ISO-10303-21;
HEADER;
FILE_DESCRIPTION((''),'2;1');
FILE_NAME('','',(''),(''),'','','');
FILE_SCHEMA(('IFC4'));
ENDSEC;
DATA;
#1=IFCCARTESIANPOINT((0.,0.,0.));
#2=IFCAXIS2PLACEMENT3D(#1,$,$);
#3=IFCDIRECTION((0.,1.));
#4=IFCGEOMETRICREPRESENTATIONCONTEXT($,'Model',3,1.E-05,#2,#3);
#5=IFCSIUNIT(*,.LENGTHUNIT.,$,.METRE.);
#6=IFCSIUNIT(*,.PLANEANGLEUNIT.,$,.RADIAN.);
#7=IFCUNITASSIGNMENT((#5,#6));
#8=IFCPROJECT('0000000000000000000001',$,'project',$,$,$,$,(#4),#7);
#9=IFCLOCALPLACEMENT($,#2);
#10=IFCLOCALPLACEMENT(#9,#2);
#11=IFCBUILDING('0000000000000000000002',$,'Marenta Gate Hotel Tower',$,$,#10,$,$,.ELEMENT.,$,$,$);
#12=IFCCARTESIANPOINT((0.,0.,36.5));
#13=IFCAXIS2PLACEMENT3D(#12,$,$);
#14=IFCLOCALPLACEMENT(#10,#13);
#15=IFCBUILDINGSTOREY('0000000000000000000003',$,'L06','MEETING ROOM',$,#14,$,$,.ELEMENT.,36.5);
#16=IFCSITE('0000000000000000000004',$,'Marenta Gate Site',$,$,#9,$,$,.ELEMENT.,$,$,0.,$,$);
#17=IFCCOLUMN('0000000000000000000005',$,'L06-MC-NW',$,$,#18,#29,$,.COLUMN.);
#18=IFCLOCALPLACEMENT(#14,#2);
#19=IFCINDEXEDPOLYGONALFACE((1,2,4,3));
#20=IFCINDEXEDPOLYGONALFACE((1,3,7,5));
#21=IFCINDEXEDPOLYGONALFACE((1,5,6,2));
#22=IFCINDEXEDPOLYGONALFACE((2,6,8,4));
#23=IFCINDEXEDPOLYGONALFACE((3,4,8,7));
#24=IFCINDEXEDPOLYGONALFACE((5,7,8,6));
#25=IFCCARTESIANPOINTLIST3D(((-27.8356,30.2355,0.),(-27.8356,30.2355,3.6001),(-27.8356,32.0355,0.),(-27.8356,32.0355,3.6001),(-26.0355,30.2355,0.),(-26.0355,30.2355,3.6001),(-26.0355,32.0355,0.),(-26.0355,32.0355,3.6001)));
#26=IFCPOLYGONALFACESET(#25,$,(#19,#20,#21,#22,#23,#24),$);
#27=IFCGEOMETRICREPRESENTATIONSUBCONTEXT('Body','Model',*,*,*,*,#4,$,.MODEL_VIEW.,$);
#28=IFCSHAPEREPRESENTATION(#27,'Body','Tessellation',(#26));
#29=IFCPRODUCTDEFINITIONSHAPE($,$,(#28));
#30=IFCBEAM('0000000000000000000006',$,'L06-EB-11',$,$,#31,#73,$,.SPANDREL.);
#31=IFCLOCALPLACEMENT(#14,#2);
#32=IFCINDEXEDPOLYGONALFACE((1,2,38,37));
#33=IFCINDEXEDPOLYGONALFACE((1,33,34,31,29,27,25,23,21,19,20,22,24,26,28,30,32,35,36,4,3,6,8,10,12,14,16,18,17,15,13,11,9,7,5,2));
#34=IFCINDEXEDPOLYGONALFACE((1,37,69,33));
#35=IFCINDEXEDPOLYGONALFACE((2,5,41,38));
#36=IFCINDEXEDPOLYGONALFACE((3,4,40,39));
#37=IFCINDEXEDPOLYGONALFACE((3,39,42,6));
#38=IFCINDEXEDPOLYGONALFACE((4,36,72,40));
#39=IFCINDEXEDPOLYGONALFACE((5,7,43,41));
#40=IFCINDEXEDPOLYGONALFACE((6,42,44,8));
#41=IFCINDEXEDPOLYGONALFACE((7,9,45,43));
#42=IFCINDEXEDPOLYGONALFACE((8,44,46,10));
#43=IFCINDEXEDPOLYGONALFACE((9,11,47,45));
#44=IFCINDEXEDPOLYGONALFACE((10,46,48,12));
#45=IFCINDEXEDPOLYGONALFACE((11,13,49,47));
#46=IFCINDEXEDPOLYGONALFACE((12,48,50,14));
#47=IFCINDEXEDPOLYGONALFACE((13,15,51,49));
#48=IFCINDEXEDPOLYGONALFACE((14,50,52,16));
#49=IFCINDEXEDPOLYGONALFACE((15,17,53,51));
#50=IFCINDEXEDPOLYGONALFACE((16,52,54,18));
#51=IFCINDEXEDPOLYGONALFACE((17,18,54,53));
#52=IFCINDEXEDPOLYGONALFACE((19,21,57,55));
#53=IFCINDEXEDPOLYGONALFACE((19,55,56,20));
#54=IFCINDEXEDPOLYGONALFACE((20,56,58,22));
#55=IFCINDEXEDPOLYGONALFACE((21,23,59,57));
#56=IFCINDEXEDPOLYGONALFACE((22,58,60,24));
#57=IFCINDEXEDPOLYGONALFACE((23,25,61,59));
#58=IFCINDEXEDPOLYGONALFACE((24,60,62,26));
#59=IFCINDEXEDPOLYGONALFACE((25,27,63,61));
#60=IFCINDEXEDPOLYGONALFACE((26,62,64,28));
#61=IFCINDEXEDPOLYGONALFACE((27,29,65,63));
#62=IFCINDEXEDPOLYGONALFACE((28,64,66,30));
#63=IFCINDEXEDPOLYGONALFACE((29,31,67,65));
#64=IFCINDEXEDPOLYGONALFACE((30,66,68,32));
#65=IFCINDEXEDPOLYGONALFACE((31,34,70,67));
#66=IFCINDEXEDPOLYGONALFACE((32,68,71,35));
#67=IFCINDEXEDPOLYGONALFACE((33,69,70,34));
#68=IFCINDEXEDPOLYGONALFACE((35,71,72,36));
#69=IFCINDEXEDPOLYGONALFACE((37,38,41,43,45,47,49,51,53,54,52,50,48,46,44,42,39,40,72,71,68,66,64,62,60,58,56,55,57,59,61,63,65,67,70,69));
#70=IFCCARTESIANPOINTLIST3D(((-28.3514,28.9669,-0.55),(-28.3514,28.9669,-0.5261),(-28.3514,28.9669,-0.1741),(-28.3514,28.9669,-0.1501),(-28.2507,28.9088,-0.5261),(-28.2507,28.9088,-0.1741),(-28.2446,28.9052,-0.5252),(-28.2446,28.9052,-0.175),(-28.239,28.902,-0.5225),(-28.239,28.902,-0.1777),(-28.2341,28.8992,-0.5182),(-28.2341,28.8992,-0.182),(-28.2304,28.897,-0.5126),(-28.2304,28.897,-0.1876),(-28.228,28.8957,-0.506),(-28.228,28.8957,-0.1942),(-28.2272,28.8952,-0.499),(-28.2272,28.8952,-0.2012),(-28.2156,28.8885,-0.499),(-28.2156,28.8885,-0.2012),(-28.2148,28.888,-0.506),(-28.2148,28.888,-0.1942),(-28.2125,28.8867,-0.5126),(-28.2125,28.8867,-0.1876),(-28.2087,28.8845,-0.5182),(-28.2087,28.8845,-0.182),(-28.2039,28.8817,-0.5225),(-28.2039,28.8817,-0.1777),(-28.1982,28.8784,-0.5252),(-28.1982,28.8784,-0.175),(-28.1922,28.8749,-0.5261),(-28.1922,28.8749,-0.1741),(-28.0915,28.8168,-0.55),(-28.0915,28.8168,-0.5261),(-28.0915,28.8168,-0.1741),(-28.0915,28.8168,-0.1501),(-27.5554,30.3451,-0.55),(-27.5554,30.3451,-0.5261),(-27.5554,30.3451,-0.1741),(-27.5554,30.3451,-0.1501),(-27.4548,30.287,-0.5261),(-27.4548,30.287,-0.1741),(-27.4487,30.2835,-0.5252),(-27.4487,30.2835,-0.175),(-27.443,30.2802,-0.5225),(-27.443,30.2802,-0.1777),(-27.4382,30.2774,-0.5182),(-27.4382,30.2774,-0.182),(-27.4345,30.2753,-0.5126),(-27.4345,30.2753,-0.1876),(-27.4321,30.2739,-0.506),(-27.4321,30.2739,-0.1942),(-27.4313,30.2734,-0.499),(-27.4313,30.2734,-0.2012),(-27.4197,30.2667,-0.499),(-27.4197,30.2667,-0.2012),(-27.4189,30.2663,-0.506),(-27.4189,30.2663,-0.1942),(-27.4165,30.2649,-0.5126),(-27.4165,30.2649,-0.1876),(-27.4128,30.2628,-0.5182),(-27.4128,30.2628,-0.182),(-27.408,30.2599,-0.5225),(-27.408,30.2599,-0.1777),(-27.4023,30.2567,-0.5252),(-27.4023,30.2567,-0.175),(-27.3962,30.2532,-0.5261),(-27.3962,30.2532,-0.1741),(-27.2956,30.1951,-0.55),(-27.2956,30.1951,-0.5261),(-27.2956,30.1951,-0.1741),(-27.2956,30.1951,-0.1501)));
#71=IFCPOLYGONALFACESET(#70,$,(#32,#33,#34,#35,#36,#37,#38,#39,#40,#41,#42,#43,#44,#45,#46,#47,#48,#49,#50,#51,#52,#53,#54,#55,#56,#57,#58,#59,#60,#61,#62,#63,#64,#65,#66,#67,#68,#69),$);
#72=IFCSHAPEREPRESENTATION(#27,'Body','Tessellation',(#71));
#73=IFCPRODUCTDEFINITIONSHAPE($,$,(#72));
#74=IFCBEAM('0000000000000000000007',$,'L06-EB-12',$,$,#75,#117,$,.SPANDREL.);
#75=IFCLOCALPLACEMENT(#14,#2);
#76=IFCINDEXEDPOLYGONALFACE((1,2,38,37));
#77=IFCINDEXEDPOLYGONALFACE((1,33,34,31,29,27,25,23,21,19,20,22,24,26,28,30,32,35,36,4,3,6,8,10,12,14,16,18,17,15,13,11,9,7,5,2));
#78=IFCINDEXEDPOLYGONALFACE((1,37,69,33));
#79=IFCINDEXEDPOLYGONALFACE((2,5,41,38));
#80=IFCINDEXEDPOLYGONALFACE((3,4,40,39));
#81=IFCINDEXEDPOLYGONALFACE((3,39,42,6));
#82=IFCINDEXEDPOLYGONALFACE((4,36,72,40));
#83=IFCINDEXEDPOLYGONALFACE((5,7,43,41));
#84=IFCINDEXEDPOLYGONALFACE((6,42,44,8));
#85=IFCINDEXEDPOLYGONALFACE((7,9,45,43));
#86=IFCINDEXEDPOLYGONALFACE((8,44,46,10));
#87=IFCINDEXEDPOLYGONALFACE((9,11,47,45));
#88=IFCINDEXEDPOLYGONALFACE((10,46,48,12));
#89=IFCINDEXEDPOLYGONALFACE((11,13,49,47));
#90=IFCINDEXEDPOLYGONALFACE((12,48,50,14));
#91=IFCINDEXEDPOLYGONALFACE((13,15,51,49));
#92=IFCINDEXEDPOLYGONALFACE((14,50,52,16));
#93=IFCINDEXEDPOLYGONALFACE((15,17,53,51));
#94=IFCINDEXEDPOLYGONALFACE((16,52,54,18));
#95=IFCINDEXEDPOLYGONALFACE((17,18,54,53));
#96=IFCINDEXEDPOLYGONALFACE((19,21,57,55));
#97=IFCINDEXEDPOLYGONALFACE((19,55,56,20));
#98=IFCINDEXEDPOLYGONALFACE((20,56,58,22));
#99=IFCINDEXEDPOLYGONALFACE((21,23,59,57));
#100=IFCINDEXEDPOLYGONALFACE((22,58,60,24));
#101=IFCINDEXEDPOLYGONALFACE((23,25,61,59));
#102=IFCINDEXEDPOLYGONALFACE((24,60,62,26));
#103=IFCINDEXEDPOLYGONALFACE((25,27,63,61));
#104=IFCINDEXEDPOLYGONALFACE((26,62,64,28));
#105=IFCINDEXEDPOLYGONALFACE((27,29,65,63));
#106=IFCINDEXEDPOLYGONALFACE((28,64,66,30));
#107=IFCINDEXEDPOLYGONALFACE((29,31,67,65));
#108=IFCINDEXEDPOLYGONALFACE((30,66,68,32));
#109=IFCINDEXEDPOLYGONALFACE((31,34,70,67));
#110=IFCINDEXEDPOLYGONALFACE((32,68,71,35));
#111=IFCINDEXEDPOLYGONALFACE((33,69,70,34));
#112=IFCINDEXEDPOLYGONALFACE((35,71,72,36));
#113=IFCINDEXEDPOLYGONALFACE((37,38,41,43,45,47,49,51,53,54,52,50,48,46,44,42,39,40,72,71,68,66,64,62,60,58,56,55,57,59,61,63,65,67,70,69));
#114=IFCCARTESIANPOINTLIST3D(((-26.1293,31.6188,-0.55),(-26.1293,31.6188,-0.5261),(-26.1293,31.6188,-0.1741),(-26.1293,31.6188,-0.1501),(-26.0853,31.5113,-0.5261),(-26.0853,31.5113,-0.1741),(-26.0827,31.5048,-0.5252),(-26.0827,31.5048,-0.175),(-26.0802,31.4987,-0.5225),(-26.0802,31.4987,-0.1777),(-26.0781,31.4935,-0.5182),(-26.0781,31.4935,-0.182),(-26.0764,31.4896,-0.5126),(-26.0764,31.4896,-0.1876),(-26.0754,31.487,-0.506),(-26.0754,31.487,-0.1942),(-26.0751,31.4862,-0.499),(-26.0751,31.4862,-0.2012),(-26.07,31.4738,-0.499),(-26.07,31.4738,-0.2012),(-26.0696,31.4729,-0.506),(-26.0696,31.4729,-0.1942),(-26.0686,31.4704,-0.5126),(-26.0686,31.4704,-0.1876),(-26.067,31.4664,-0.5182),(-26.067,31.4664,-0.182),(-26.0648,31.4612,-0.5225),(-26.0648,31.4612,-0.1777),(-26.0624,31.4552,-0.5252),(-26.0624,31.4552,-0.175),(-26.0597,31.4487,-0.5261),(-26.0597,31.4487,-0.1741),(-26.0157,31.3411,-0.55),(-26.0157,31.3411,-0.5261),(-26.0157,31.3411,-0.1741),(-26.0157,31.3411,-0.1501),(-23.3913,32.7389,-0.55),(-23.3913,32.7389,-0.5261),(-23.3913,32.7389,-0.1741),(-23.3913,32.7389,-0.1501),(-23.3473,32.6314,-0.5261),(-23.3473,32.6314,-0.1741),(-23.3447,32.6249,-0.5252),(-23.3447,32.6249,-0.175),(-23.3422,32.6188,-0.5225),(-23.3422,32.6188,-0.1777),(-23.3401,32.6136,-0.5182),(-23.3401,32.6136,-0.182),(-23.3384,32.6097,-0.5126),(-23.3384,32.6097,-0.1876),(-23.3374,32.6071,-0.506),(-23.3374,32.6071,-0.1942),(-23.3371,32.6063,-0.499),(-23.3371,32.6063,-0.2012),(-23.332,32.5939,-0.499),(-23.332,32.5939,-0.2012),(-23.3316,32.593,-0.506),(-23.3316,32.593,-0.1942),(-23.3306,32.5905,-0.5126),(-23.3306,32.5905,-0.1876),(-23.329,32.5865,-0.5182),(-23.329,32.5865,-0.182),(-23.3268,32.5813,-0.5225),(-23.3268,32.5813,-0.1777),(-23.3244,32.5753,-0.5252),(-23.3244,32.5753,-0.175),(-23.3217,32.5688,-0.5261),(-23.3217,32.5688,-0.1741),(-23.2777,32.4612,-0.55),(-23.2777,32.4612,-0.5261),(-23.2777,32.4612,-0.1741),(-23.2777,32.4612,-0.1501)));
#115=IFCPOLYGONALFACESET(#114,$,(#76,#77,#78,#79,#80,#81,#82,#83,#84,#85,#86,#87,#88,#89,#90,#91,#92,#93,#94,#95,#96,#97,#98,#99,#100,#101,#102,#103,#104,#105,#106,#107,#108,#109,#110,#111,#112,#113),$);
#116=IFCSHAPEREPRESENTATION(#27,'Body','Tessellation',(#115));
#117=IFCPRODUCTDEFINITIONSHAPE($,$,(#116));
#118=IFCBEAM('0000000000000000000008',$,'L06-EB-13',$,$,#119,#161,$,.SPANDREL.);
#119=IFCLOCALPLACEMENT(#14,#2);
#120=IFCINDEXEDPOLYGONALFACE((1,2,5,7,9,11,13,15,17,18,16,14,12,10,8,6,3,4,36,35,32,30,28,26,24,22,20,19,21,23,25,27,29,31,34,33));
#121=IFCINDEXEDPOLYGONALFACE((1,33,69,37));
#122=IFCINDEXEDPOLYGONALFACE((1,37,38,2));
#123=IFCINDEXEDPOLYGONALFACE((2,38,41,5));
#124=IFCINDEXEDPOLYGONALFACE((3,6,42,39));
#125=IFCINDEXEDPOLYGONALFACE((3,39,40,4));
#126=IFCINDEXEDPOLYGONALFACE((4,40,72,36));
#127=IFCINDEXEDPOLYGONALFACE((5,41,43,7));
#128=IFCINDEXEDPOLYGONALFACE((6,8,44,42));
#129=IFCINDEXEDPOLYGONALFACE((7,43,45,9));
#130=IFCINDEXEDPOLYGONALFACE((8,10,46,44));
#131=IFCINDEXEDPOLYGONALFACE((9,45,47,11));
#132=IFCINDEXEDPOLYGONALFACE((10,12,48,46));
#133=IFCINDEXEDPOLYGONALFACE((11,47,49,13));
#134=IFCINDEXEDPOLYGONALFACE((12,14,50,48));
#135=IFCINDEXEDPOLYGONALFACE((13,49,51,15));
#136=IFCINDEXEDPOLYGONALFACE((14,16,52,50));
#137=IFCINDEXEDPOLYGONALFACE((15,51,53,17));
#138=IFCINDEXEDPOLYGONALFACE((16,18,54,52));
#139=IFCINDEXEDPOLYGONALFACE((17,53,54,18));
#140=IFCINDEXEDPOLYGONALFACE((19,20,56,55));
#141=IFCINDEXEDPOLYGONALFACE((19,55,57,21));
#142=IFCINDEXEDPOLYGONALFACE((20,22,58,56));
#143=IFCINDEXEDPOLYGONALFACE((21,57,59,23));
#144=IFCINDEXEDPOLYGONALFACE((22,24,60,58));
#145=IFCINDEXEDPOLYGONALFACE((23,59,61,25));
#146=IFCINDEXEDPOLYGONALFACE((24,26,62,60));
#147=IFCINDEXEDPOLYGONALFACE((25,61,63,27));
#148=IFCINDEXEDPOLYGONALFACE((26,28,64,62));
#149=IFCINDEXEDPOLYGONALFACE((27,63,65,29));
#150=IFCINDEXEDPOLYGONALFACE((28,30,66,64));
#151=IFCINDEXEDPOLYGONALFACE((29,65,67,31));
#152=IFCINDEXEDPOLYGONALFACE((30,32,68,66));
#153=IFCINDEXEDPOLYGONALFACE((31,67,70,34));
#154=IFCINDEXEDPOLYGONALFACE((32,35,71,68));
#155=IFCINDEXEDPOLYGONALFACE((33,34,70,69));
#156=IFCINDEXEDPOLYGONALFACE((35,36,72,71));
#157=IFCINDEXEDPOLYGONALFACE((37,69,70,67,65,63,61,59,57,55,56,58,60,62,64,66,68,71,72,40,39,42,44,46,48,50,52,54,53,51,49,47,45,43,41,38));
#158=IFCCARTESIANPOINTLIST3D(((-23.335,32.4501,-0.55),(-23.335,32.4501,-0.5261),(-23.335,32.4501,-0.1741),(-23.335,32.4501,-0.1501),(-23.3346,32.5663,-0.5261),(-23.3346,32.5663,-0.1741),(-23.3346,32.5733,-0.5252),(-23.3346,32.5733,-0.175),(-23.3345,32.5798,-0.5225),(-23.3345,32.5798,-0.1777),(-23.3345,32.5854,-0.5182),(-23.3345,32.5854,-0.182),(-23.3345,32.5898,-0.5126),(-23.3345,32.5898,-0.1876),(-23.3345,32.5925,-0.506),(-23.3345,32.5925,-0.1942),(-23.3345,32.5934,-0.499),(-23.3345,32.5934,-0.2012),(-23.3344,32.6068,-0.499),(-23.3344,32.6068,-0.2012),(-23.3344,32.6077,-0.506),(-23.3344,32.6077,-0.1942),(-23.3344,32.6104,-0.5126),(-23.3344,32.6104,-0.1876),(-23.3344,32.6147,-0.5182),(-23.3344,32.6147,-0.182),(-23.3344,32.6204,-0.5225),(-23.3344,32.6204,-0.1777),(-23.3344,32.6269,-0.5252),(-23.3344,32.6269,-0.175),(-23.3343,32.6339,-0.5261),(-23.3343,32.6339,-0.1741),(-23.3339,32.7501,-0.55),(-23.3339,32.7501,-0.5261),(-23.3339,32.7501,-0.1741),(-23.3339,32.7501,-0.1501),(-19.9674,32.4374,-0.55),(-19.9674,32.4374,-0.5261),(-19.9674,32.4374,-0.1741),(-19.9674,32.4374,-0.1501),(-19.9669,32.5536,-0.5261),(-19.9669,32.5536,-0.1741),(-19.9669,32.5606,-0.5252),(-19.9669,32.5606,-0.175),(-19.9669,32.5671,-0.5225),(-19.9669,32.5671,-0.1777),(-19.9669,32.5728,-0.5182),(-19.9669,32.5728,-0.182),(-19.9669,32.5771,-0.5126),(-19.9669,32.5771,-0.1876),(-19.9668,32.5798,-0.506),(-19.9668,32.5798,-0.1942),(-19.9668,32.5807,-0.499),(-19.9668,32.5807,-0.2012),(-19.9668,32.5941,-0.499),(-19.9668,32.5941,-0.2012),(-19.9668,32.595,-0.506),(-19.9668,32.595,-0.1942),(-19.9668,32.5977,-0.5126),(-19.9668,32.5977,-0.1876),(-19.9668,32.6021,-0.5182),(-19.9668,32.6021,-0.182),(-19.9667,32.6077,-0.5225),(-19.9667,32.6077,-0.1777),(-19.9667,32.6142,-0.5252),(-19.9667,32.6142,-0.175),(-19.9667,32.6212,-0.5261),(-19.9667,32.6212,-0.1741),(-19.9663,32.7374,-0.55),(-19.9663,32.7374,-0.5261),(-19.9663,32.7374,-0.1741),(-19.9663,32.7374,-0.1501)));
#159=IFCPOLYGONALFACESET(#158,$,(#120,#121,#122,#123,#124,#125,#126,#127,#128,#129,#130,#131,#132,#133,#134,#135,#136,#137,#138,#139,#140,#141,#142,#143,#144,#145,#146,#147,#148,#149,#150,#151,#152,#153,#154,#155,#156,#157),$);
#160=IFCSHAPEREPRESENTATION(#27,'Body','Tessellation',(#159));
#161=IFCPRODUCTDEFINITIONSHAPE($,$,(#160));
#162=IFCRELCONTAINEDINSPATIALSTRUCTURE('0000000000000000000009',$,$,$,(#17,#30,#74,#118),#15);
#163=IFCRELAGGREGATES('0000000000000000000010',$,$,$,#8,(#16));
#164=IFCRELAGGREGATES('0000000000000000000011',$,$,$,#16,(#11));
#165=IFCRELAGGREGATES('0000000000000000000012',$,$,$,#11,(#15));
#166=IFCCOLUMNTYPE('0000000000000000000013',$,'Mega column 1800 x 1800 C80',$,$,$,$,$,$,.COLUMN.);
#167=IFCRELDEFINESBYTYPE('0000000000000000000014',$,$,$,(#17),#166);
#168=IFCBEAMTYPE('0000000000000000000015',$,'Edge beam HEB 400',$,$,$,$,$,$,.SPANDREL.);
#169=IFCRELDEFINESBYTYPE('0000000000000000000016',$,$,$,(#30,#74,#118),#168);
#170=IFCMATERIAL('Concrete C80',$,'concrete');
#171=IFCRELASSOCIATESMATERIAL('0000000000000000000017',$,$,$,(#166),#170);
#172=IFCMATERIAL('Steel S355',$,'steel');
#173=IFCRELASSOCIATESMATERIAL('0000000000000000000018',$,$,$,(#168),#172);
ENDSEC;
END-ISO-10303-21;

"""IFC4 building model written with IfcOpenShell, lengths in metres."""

from ifc_helpers import new_model, si_unit, direction, frame, origin, origin_2d, place, context, subcontext, project, spatial, rectangle, i_section, extrude, material, material_profile, profile_set, type_object, element, save


model = new_model("IFC4")

# Units and contexts
model_context = context("Model", 3, precision=1e-05, world=origin(), true_north=direction((0.0, 1.0)))
body_context = subcontext(model_context, "Body", "Model", "MODEL_VIEW")
ifc_project = project(units=[si_unit("LENGTHUNIT", "METRE"), si_unit("PLANEANGLEUNIT", "RADIAN")], contexts=[model_context])

# Site, building, storey
site_placement = place(None, origin())
site = spatial("IfcSite", under=ifc_project, at=site_placement, Name="Marenta Gate Site", CompositionType="ELEMENT", RefElevation=0.0)
building_placement = place(site_placement, origin())
building = spatial("IfcBuilding", under=site, at=building_placement, Name="Marenta Gate Hotel Tower", CompositionType="ELEMENT")
storey_placement = place(building_placement, frame((0.0, 0.0, 36.5)))
storey = spatial("IfcBuildingStorey", under=building, at=storey_placement, Name="L06", Description="MEETING ROOM", CompositionType="ELEMENT", Elevation=36.5)

# Column
ifc_material_1 = material(Name="Concrete C80", Category="concrete")
ifc_material_profile_1 = material_profile(ifc_material_1, rectangle(XDim=1.8, YDim=1.8, at=origin_2d()), Name="1800 x 1800")
ifc_profile_set_1 = profile_set([ifc_material_profile_1], Name="Concrete C80")
column_type = type_object("IfcColumnType", Name="Mega column 1800 x 1800 C80", PredefinedType="COLUMN", material=ifc_profile_set_1)
column_placement = place(storey_placement, frame((-26.9355, 31.1355, 0.0), z_axis=(0.0, 0.0, 1.0), x_axis=(1.0, 0.0, 0.0)))
element("IfcColumn", 1, at=column_placement, inside=storey, type_object=column_type, Name="L06-MC-NW", PredefinedType="COLUMN", context=body_context, shape_type="SweptSolid", body=[
    extrude(rectangle(XDim=1.8, YDim=1.8, at=origin_2d()), origin(), (0.0, 0.0, 1.0), 3.6001),
])

# Beams
ifc_material_2 = material(Name="Steel S355", Category="steel")
ifc_material_profile_2 = material_profile(ifc_material_2, i_section(OverallWidth=0.3, OverallDepth=0.3999, WebThickness=0.0134, FlangeThickness=0.0239, FilletRadius=0.0271, at=origin_2d()), Name="HEB 400")
ifc_profile_set_2 = profile_set([ifc_material_profile_2], Name="Steel S355")
beam_type_1 = type_object("IfcBeamType", Name="Edge beam HEB 400", PredefinedType="SPANDREL", material=ifc_profile_set_2)
beam_1_placement = place(storey_placement, frame((-28.2214, 28.8918, -0.3501), z_axis=(0.500099, 0.865968, 0.0), x_axis=(-0.865968, 0.500099, 0.0)))
element("IfcBeam", 2, at=beam_1_placement, inside=storey, type_object=beam_type_1, Name="L06-EB-11", PredefinedType="SPANDREL", context=body_context, shape_type="SweptSolid", body=[
    extrude(i_section(OverallWidth=0.3, OverallDepth=0.3999, WebThickness=0.0134, FlangeThickness=0.0239, FilletRadius=0.0271, at=origin_2d()), origin(), (0.0, 0.0, 1.0), 1.5916),
])
beam_2_placement = place(storey_placement, frame((-26.0725, 31.48, -0.3501), z_axis=(0.925546, 0.378636, 0.0), x_axis=(-0.378636, 0.925546, 0.0)))
element("IfcBeam", 3, at=beam_2_placement, inside=storey, type_object=beam_type_1, Name="L06-EB-12", PredefinedType="SPANDREL", context=body_context, shape_type="SweptSolid", body=[
    extrude(i_section(OverallWidth=0.3, OverallDepth=0.3999, WebThickness=0.0134, FlangeThickness=0.0239, FilletRadius=0.0271, at=origin_2d()), origin(), (0.0, 0.0, 1.0), 2.9583),
])
beam_3_placement = place(storey_placement, frame((-23.3345, 32.6001, -0.3501), z_axis=(0.999993, -0.00377, 0.0), x_axis=(0.00377, 0.999993, 0.0)))
element("IfcBeam", 4, at=beam_3_placement, inside=storey, type_object=beam_type_1, Name="L06-EB-13", PredefinedType="SPANDREL", context=body_context, shape_type="SweptSolid", body=[
    extrude(i_section(OverallWidth=0.3, OverallDepth=0.3999, WebThickness=0.0134, FlangeThickness=0.0239, FilletRadius=0.0271, at=origin_2d()), origin(), (0.0, 0.0, 1.0), 3.3677),
])

save(model, "model.ifc")
